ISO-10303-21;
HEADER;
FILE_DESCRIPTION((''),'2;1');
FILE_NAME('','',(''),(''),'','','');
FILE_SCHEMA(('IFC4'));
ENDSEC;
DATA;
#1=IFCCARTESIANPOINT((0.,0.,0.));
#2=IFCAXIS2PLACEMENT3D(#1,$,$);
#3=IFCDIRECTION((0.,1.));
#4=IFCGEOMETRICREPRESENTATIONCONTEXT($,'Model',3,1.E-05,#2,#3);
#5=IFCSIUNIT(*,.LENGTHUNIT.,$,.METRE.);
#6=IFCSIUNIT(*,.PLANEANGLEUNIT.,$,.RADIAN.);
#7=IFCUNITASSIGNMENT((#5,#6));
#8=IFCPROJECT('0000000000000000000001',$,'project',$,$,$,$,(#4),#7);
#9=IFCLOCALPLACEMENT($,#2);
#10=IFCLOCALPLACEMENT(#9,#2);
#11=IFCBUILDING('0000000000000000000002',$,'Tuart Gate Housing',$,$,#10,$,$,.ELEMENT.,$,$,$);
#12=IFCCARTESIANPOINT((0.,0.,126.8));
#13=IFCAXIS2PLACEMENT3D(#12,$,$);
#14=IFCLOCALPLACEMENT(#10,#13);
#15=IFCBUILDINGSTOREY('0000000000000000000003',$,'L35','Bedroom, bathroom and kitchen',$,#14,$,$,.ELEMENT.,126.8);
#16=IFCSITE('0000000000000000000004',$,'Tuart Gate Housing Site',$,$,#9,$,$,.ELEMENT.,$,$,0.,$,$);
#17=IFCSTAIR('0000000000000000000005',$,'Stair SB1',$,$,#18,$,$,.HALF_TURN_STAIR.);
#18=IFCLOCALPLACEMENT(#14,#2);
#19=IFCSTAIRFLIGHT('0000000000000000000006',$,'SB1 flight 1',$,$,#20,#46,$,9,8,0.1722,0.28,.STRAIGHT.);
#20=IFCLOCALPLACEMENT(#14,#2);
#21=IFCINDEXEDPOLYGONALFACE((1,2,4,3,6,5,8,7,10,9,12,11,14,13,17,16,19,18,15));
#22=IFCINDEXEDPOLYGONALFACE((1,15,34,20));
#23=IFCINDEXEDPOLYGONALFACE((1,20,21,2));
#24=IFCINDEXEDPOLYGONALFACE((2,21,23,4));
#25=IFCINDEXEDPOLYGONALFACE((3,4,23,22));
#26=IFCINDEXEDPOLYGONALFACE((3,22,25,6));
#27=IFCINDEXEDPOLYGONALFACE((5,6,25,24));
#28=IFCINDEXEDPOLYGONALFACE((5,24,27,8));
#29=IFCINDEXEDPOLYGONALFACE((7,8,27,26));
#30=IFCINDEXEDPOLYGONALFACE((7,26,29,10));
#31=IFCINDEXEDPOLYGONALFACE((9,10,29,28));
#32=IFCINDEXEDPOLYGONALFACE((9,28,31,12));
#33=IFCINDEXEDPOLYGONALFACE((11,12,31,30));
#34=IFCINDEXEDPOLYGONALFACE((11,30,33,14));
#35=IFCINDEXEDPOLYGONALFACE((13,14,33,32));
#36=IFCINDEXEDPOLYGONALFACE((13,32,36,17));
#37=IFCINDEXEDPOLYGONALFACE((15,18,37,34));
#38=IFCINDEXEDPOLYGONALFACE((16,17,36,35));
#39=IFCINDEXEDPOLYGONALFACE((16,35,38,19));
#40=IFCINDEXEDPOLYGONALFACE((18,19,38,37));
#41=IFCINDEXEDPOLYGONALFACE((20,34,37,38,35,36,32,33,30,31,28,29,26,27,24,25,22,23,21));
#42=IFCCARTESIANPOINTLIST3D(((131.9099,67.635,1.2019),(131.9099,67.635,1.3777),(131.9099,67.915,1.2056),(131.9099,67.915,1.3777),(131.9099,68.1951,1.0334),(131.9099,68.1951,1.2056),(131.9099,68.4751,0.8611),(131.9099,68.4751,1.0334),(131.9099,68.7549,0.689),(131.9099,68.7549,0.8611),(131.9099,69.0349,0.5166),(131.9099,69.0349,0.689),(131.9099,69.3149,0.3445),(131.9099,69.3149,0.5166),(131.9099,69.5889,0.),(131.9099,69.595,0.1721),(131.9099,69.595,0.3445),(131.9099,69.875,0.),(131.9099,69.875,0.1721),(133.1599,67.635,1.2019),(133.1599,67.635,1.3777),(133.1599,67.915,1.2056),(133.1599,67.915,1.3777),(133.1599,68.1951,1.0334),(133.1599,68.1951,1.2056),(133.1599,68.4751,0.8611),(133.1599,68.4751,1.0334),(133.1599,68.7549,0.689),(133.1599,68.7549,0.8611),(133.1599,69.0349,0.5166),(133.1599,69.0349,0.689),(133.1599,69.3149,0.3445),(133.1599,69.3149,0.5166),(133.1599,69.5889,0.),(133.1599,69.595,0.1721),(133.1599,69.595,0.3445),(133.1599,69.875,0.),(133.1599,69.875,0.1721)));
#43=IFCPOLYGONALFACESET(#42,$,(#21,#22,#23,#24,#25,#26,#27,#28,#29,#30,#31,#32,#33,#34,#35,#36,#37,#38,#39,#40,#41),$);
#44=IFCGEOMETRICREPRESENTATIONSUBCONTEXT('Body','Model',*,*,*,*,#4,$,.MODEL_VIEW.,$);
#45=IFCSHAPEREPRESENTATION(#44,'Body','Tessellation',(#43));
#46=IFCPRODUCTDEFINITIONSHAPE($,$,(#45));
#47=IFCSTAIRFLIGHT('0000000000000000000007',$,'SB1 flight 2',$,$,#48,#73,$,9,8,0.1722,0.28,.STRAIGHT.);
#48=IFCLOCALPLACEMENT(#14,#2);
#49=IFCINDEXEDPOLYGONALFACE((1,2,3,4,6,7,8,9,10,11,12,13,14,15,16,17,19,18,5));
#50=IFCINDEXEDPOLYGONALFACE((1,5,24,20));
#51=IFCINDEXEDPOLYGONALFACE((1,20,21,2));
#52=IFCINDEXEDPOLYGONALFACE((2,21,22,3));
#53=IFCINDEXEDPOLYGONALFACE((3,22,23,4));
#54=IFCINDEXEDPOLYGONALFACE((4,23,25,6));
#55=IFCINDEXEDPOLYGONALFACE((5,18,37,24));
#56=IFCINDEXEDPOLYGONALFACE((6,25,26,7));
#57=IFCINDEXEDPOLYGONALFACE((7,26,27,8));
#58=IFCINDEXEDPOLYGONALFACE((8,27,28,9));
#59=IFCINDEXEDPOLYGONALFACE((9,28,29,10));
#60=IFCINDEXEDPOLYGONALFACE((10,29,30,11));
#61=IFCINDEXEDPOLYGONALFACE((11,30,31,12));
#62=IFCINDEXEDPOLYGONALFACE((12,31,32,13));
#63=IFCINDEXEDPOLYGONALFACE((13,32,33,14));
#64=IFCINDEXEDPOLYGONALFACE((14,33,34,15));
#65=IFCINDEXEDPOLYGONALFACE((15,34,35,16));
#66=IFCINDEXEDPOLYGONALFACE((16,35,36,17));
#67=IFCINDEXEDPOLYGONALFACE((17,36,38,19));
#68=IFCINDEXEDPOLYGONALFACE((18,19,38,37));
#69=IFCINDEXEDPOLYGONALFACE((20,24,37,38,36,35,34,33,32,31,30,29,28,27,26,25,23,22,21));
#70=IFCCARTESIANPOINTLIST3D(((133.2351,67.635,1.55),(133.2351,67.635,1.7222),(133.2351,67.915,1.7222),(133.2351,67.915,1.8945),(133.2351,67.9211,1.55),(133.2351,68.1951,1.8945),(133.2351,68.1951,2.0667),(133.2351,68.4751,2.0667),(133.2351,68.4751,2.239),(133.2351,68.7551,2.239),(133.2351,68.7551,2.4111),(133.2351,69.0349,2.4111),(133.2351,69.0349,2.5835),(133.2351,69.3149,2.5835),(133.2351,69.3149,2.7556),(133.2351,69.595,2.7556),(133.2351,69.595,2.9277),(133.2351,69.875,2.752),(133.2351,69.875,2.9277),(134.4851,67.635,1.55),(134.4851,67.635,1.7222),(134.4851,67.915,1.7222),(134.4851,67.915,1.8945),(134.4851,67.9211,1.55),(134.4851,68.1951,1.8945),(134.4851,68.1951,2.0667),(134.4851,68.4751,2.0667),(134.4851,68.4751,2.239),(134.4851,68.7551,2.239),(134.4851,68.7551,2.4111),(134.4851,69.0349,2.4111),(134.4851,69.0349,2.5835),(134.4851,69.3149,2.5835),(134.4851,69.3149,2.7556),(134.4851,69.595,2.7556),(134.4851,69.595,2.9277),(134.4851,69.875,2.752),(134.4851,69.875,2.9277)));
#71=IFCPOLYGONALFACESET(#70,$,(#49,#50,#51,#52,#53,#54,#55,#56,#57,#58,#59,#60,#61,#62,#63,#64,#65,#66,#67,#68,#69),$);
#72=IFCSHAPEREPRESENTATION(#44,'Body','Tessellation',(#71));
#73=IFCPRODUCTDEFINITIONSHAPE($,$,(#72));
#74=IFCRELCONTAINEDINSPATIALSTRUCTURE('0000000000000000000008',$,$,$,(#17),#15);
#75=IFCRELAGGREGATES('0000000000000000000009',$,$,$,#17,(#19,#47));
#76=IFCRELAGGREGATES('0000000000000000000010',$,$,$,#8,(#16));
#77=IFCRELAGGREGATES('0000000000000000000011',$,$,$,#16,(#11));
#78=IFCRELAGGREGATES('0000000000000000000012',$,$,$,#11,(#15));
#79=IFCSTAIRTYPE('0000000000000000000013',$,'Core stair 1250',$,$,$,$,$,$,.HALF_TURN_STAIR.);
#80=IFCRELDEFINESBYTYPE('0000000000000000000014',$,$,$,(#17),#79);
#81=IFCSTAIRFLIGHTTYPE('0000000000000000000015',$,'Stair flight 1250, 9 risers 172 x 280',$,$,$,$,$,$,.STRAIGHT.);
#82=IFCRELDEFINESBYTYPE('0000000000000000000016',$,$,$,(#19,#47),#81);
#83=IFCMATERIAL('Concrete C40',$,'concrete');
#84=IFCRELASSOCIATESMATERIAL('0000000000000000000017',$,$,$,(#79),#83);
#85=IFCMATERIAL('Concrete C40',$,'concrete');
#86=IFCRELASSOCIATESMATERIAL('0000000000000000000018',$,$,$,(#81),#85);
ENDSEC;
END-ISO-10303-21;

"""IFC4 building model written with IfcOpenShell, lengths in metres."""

from ifc_helpers import new_model, si_unit, direction, frame, origin, place, context, subcontext, project, spatial, polyline, outline, extrude, material, type_object, element, aggregate, save


model = new_model("IFC4")

# Units and contexts
model_context = context("Model", 3, precision=1e-05, world=origin(), true_north=direction((0.0, 1.0)))
body_context = subcontext(model_context, "Body", "Model", "MODEL_VIEW")
ifc_project = project(units=[si_unit("LENGTHUNIT", "METRE"), si_unit("PLANEANGLEUNIT", "RADIAN")], contexts=[model_context])

# Site, building, storey
site_placement = place(None, origin())
site = spatial("IfcSite", under=ifc_project, at=site_placement, Name="Tuart Gate Housing Site", CompositionType="ELEMENT", RefElevation=0.0)
building_placement = place(site_placement, origin())
building = spatial("IfcBuilding", under=site, at=building_placement, Name="Tuart Gate Housing", CompositionType="ELEMENT")
storey_placement = place(building_placement, frame((0.0, 0.0, 126.8)))
storey = spatial("IfcBuildingStorey", under=building, at=storey_placement, Name="L35", Description="Bedroom, bathroom and kitchen", CompositionType="ELEMENT", Elevation=126.8)

# Stair, stair flights
ifc_material_1 = material(Name="Concrete C40", Category="concrete")
stair_type = type_object("IfcStairType", Name="Core stair 1250", PredefinedType="HALF_TURN_STAIR", material=ifc_material_1)
stair_placement = place(storey_placement, origin())
stair = element("IfcStair", 1, at=stair_placement, inside=storey, type_object=stair_type, Name="Stair SB1", PredefinedType="HALF_TURN_STAIR")
ifc_material_2 = material(Name="Concrete C40", Category="concrete")
stair_flight_type = type_object("IfcStairFlightType", Name="Stair flight 1250, 9 risers 172 x 280", PredefinedType="STRAIGHT", material=ifc_material_2)
stair_flight_1_placement = place(storey_placement, frame((132.5349, 69.875, 0.0), z_axis=(0.0, 0.0, 1.0), x_axis=(0.0, -1.0, 0.0)))
stair_flight_1 = element("IfcStairFlight", 2, at=stair_flight_1_placement, type_object=stair_flight_type, Name="SB1 flight 1", NumberOfRisers=9, NumberOfTreads=8, PredefinedType="STRAIGHT", RiserHeight=0.1722, TreadLength=0.28, context=body_context, shape_type="SweptSolid", body=[
    extrude(outline(polyline([(0.0, 0.0), (0.0, 0.1721), (0.28, 0.1721), (0.28, 0.3445), (0.5601, 0.3445), (0.5601, 0.5166), (0.8401, 0.5166), (0.8401, 0.689), (1.1201, 0.689), (1.1201, 0.8611), (1.3999, 0.8611), (1.3999, 1.0334), (1.6799, 1.0334), (1.6799, 1.2056), (1.96, 1.2056), (1.96, 1.3777), (2.24, 1.3777), (2.24, 1.55), (2.24, 1.2019), (0.2861, 0.0), (0.0, 0.0)])), frame((0.0, 0.625, 0.0), z_axis=(0.0, -1.0, 0.0), x_axis=(1.0, 0.0, 0.0)), (0.0, 0.0, 1.0), 1.25),
])
stair_flight_2_placement = place(storey_placement, frame((133.8601, 67.635, 1.55), z_axis=(0.0, 0.0, 1.0), x_axis=(0.0, 1.0, 0.0)))
stair_flight_2 = element("IfcStairFlight", 3, at=stair_flight_2_placement, type_object=stair_flight_type, Name="SB1 flight 2", NumberOfRisers=9, NumberOfTreads=8, PredefinedType="STRAIGHT", RiserHeight=0.1722, TreadLength=0.28, context=body_context, shape_type="SweptSolid", body=[
    extrude(outline(polyline([(0.0, 0.0), (0.0, 0.1721), (0.28, 0.1721), (0.28, 0.3445), (0.5601, 0.3445), (0.5601, 0.5166), (0.8401, 0.5166), (0.8401, 0.689), (1.1201, 0.689), (1.1201, 0.8611), (1.3999, 0.8611), (1.3999, 1.0334), (1.6799, 1.0334), (1.6799, 1.2056), (1.96, 1.2056), (1.96, 1.3777), (2.24, 1.3777), (2.24, 1.55), (2.24, 1.2019), (0.2861, 0.0), (0.0, 0.0)])), frame((0.0, 0.625, 0.0), z_axis=(0.0, -1.0, 0.0), x_axis=(1.0, 0.0, 0.0)), (0.0, 0.0, 1.0), 1.25),
])
aggregate(stair, [stair_flight_1, stair_flight_2])

save(model, "model.ifc")
